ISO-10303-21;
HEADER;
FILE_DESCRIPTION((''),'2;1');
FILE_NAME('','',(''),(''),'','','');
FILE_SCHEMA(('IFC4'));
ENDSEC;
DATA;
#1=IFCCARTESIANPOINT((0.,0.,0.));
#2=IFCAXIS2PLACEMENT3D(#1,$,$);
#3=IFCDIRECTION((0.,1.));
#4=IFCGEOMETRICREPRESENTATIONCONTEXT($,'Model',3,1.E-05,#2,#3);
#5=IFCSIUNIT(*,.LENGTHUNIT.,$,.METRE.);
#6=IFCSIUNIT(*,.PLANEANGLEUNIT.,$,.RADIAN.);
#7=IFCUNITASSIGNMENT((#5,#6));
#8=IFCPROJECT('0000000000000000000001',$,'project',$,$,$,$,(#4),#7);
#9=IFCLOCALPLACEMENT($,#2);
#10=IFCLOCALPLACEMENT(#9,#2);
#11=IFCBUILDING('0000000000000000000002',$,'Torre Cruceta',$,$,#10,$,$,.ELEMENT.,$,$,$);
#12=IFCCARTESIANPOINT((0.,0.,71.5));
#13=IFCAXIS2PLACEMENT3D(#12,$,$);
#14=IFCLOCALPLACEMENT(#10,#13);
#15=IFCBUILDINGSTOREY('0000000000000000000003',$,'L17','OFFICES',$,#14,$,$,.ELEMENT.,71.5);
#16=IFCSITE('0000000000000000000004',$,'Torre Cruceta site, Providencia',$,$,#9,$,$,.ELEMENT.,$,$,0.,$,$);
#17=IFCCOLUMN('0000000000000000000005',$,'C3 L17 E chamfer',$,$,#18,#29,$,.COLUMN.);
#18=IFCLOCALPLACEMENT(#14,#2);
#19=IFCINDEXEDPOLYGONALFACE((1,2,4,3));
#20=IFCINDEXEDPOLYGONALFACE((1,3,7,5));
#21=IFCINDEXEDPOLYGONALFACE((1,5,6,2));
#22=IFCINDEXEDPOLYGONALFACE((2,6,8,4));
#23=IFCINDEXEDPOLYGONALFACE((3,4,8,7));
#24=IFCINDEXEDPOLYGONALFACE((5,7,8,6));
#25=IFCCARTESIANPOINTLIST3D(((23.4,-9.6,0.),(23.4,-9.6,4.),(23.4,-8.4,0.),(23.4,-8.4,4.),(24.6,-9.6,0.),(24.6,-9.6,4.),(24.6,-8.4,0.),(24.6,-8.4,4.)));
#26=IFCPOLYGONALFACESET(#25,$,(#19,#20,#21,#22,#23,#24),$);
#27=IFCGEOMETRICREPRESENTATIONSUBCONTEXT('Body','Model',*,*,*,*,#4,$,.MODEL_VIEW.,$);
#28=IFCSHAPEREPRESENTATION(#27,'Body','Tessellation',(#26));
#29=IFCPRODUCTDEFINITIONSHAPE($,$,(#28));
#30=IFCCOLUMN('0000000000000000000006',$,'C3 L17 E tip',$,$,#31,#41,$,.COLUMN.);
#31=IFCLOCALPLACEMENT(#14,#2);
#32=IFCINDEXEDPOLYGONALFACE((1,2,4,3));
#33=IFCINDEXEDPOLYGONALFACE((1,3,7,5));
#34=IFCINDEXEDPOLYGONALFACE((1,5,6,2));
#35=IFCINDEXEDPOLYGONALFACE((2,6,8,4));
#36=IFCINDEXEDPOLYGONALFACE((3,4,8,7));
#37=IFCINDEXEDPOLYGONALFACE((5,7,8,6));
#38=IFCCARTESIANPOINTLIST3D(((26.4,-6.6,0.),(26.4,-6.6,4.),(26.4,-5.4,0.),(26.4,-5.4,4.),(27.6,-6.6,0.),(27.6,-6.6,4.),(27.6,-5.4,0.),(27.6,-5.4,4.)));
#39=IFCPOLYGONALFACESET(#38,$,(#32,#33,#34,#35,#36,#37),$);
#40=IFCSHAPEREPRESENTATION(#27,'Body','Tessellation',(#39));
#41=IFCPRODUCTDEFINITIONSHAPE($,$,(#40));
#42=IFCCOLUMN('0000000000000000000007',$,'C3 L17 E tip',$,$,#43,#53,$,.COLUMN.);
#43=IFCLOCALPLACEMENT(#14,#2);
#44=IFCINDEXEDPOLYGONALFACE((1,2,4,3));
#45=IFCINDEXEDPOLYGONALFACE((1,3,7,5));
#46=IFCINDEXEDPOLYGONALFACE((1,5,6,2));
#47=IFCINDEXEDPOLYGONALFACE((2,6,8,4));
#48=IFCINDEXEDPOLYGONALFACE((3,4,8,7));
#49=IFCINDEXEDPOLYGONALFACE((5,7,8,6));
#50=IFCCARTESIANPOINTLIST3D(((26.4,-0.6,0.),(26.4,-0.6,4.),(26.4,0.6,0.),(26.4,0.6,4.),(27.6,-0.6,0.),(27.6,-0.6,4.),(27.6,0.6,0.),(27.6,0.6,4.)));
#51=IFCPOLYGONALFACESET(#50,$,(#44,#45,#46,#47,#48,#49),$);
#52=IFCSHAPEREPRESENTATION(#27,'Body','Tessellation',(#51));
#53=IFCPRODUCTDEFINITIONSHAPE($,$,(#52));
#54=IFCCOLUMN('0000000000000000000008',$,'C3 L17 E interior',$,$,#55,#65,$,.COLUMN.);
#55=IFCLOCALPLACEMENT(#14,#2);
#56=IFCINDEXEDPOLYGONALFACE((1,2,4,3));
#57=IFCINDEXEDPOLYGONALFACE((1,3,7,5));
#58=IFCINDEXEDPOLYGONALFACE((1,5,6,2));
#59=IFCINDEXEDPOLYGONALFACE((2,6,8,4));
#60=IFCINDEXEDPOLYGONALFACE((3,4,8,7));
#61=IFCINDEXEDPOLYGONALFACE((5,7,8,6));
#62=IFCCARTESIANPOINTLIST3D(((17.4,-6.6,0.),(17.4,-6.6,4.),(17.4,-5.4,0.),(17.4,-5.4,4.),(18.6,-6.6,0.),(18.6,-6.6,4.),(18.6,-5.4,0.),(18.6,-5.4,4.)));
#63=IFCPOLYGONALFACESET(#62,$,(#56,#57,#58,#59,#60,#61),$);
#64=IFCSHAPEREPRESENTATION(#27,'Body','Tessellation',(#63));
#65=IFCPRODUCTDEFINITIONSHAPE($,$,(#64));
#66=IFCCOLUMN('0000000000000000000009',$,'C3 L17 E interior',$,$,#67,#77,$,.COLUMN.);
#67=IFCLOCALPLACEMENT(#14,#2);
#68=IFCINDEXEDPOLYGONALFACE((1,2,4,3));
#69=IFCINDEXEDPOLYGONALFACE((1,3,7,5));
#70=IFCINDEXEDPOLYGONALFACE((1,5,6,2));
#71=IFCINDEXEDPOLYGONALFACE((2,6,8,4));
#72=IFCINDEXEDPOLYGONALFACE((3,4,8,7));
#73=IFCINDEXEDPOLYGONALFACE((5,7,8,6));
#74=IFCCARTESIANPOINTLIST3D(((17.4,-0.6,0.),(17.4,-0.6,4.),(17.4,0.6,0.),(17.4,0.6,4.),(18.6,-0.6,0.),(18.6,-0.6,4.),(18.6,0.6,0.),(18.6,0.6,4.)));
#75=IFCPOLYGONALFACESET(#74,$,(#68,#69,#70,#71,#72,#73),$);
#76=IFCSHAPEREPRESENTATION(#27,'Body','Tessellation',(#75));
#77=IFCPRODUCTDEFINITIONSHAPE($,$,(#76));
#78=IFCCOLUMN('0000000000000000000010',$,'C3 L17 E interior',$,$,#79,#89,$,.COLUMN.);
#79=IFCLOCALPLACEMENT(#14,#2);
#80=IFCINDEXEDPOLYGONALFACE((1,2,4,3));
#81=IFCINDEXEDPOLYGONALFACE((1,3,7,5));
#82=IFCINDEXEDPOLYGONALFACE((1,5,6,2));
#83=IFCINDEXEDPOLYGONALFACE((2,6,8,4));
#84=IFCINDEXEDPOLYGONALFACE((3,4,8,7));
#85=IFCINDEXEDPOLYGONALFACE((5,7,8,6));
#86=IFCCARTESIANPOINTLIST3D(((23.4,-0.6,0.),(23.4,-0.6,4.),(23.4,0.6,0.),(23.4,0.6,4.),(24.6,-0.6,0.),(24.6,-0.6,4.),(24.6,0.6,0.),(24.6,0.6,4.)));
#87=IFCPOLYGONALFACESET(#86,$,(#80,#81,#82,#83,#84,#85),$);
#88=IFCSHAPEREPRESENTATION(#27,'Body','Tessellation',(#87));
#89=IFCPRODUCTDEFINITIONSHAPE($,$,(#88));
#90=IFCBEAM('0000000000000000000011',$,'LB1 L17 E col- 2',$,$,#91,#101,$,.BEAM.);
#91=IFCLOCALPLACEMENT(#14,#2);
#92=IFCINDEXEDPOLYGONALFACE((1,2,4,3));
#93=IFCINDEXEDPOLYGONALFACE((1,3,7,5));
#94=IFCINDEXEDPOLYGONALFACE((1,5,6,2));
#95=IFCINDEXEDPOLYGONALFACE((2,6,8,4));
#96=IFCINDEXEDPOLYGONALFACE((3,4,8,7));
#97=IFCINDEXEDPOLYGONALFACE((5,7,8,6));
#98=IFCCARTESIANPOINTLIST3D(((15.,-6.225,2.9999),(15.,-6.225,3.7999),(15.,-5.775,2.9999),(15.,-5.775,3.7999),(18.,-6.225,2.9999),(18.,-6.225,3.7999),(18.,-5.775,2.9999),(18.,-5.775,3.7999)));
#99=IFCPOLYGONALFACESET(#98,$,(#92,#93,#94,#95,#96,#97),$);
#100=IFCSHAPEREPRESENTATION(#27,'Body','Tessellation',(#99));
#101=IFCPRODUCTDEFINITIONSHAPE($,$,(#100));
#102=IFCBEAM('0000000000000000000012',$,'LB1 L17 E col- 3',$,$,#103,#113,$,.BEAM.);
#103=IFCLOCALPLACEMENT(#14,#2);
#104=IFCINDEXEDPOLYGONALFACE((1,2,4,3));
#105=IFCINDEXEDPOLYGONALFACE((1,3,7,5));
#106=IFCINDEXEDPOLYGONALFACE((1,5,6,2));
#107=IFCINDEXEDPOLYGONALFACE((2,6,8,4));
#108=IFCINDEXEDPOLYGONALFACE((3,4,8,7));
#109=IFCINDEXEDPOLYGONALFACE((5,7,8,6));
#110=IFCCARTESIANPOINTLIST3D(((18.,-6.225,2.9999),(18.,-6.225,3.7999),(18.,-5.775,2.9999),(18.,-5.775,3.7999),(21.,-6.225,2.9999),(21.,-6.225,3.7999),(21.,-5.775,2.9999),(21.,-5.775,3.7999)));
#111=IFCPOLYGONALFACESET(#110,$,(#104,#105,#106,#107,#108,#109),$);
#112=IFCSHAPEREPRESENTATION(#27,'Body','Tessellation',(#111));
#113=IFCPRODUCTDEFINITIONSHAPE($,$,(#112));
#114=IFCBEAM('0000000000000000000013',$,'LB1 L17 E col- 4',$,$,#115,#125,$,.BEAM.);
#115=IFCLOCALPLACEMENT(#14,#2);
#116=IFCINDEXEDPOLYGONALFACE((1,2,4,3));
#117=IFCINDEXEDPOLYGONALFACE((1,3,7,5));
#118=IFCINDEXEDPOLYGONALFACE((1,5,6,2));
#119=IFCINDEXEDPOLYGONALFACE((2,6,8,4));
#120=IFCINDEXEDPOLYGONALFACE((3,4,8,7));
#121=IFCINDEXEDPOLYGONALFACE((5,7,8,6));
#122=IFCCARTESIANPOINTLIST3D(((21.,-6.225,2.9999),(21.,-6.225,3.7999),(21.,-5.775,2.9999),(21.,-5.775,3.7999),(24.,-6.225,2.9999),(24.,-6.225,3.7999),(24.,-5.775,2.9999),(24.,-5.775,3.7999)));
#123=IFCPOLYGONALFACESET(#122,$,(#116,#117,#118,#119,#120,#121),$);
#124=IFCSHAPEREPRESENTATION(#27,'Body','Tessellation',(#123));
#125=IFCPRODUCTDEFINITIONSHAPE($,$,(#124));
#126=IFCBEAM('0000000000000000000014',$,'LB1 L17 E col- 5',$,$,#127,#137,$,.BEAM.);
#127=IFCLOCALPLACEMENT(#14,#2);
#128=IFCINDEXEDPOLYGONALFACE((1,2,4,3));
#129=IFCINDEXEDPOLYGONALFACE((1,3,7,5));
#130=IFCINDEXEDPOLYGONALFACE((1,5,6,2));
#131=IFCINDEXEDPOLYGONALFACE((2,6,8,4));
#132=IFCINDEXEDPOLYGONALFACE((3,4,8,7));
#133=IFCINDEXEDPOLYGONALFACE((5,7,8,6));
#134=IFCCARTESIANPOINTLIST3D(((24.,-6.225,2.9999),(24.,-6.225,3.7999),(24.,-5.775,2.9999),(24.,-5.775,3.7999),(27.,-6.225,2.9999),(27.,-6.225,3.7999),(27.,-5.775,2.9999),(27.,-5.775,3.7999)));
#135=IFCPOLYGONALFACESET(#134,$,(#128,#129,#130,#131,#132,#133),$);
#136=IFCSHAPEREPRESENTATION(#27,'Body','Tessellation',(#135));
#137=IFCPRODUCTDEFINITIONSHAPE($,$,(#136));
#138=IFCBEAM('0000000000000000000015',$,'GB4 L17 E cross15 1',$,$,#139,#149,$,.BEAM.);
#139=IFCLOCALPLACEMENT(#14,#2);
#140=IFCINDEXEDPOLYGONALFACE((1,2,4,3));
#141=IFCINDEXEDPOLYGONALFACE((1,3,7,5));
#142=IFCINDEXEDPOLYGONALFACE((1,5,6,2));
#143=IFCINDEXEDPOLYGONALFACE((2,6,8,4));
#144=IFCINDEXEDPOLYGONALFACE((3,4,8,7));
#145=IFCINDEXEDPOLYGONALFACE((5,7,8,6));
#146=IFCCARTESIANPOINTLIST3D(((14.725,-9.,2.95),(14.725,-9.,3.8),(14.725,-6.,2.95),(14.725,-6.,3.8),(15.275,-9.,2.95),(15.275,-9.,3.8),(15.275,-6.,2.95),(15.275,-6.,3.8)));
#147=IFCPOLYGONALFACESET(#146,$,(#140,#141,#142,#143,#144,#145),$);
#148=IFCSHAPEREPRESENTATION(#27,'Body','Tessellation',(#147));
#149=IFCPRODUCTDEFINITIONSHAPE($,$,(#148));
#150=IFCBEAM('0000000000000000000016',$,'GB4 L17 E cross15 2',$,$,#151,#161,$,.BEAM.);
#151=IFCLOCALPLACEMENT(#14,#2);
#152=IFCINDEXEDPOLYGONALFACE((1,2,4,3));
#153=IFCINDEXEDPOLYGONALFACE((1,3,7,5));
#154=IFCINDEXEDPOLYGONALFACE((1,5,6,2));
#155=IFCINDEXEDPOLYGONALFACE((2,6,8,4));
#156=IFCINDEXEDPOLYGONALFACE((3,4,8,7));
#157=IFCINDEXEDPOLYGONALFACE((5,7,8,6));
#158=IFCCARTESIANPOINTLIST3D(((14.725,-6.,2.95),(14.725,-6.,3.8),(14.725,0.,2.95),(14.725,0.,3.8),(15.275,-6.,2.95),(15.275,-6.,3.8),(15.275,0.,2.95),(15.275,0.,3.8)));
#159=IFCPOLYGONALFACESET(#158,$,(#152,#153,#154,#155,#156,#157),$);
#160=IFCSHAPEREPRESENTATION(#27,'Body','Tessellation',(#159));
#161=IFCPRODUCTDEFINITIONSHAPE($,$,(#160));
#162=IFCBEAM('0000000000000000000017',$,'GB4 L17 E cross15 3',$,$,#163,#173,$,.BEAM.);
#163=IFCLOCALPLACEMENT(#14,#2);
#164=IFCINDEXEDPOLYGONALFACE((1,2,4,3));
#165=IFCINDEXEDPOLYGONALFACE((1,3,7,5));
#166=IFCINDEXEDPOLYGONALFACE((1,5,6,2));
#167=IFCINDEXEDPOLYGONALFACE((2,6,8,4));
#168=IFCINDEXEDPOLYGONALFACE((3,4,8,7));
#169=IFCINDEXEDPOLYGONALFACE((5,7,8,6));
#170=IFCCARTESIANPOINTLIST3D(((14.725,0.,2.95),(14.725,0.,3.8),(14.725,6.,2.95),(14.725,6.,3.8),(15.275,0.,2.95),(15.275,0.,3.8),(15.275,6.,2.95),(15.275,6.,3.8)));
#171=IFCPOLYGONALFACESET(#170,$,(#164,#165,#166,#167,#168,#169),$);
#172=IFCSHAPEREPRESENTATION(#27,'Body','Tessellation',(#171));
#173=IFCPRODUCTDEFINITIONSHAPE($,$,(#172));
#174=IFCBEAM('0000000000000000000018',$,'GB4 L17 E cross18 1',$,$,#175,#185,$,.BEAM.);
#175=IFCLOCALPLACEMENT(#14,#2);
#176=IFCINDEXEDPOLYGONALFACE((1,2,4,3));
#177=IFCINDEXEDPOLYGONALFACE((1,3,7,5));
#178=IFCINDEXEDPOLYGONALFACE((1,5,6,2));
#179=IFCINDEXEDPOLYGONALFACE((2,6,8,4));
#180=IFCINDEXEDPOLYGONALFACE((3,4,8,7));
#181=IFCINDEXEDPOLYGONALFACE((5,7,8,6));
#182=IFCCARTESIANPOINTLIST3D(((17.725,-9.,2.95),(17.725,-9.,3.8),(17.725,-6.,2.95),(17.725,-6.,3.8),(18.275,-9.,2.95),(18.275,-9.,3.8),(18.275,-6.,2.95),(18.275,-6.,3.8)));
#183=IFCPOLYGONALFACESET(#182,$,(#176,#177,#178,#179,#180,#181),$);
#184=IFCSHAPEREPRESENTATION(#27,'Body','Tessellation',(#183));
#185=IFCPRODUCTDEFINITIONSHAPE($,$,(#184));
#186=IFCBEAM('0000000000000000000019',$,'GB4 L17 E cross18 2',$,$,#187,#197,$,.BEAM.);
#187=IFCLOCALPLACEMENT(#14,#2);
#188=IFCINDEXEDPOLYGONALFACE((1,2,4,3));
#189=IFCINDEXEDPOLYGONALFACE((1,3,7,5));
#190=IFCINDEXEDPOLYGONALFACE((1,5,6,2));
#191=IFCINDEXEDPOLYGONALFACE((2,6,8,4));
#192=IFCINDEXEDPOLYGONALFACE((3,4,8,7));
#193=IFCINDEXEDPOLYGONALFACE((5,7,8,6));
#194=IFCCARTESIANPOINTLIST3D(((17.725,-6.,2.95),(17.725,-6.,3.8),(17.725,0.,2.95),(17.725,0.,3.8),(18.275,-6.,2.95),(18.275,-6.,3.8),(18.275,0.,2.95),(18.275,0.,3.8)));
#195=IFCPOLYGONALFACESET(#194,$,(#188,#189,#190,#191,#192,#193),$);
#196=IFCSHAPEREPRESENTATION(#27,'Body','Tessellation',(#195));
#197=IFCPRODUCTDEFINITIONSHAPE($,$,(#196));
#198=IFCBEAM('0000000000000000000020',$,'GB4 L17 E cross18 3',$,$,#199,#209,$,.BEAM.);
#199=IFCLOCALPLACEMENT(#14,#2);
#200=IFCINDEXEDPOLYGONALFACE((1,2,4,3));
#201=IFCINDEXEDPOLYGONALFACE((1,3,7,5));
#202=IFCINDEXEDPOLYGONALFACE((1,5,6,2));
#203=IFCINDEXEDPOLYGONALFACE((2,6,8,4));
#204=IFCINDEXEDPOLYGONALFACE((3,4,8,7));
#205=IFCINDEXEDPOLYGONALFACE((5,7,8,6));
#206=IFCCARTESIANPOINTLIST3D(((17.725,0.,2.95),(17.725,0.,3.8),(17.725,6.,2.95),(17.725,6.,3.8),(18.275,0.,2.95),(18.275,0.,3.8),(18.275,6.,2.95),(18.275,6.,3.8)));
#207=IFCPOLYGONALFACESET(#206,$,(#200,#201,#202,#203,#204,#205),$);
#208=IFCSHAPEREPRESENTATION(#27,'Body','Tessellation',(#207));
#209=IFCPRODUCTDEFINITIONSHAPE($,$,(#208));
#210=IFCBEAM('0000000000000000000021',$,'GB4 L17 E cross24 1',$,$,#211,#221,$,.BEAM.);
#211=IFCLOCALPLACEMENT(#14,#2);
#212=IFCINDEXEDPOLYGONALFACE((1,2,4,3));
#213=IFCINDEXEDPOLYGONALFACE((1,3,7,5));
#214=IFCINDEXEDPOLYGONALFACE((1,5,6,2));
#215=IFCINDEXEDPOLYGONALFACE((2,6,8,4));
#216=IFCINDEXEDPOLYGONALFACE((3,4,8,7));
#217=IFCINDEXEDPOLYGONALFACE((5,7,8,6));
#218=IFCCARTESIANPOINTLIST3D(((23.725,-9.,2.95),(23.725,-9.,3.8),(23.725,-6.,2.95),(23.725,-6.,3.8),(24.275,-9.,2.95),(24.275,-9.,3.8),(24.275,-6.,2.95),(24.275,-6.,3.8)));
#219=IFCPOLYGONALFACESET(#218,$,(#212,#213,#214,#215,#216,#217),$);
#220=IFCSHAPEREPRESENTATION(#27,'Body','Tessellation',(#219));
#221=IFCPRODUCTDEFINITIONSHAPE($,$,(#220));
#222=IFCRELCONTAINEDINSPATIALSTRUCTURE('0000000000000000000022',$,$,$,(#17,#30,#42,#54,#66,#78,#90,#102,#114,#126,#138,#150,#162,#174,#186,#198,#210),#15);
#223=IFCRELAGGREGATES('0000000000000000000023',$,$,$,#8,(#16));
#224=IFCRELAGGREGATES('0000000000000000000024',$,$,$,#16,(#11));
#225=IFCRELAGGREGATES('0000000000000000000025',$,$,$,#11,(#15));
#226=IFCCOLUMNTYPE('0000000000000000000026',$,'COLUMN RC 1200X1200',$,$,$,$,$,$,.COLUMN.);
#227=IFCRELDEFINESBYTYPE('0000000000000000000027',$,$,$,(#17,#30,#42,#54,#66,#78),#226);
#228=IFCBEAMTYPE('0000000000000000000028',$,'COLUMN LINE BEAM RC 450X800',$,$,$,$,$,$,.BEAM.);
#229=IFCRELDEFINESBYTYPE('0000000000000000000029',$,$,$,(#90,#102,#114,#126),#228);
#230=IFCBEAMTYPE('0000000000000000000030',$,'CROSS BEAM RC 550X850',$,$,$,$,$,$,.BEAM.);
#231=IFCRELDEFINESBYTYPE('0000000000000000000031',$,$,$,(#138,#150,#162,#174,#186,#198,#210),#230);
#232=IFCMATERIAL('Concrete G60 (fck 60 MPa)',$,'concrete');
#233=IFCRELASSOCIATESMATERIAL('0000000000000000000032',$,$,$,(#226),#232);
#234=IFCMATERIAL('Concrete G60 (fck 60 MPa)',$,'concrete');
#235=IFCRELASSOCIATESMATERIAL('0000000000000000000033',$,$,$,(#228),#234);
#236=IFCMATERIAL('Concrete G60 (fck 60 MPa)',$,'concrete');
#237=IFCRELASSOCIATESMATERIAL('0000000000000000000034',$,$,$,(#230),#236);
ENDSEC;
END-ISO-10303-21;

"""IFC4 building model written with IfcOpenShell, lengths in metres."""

from ifc_helpers import new_model, si_unit, direction, frame, origin, origin_2d, place, context, subcontext, project, spatial, rectangle, extrude, material, material_profile, profile_set, type_object, element, save


model = new_model("IFC4")

# Units and contexts
model_context = context("Model", 3, precision=1e-05, world=origin(), true_north=direction((0.0, 1.0)))
body_context = subcontext(model_context, "Body", "Model", "MODEL_VIEW")
ifc_project = project(units=[si_unit("LENGTHUNIT", "METRE"), si_unit("PLANEANGLEUNIT", "RADIAN")], contexts=[model_context])

# Site, building, storey
site_placement = place(None, origin())
site = spatial("IfcSite", under=ifc_project, at=site_placement, Name="Torre Cruceta site, Providencia", CompositionType="ELEMENT", RefElevation=0.0)
building_placement = place(site_placement, origin())
building = spatial("IfcBuilding", under=site, at=building_placement, Name="Torre Cruceta", CompositionType="ELEMENT")
storey_placement = place(building_placement, frame((0.0, 0.0, 71.5)))
storey = spatial("IfcBuildingStorey", under=building, at=storey_placement, Name="L17", Description="OFFICES", CompositionType="ELEMENT", Elevation=71.5)

# Columns
ifc_material_1 = material(Name="Concrete G60 (fck 60 MPa)", Category="concrete")
ifc_material_profile_1 = material_profile(ifc_material_1, rectangle(XDim=1.2, YDim=1.2, at=origin_2d()), Name="RC 1200X1200")
ifc_profile_set_1 = profile_set([ifc_material_profile_1], Name="Concrete G60 (fck 60 MPa)")
column_type = type_object("IfcColumnType", Name="COLUMN RC 1200X1200", PredefinedType="COLUMN", material=ifc_profile_set_1)
for number, where, z_axis, x_axis, name in (
    (1, (24.0, -9.0, 0.0), (0.0, 0.0, 1.0), (1.0, 0.0, 0.0), "C3 L17 E chamfer"),
    (2, (27.0, -6.0, 0.0), (0.0, 0.0, 1.0), (1.0, 0.0, 0.0), "C3 L17 E tip"),
    (3, (27.0, 0.0, 0.0), (0.0, 0.0, 1.0), (1.0, 0.0, 0.0), "C3 L17 E tip"),
    (4, (18.0, -6.0, 0.0), (0.0, 0.0, 1.0), (1.0, 0.0, 0.0), "C3 L17 E interior"),
    (5, (18.0, 0.0, 0.0), (0.0, 0.0, 1.0), (1.0, 0.0, 0.0), "C3 L17 E interior"),
    (6, (24.0, 0.0, 0.0), (0.0, 0.0, 1.0), (1.0, 0.0, 0.0), "C3 L17 E interior"),
):
    element("IfcColumn", number, at=place(storey_placement, frame(where, z_axis=z_axis, x_axis=x_axis)), inside=storey, type_object=column_type, Name=name, PredefinedType="COLUMN", context=body_context, shape_type="SweptSolid", body=[
        extrude(rectangle(XDim=1.2, YDim=1.2, at=origin_2d()), origin(), (0.0, 0.0, 1.0), 4.0),
    ])

# Beams
ifc_material_2 = material(Name="Concrete G60 (fck 60 MPa)", Category="concrete")
ifc_material_profile_2 = material_profile(ifc_material_2, rectangle(XDim=0.45, YDim=0.8, at=origin_2d()), Name="RC 450X800")
ifc_profile_set_2 = profile_set([ifc_material_profile_2], Name="Concrete G60 (fck 60 MPa)")
beam_type_1 = type_object("IfcBeamType", Name="COLUMN LINE BEAM RC 450X800", PredefinedType="BEAM", material=ifc_profile_set_2)
for number, where, z_axis, x_axis, name in (
    (7, (15.0, -6.0, 3.3999), (1.0, 0.0, 0.0), (0.0, 1.0, 0.0), "LB1 L17 E col- 2"),
    (8, (18.0, -6.0, 3.3999), (1.0, 0.0, 0.0), (0.0, 1.0, 0.0), "LB1 L17 E col- 3"),
    (9, (21.0, -6.0, 3.3999), (1.0, 0.0, 0.0), (0.0, 1.0, 0.0), "LB1 L17 E col- 4"),
    (10, (24.0, -6.0, 3.3999), (1.0, 0.0, 0.0), (0.0, 1.0, 0.0), "LB1 L17 E col- 5"),
):
    element("IfcBeam", number, at=place(storey_placement, frame(where, z_axis=z_axis, x_axis=x_axis)), inside=storey, type_object=beam_type_1, Name=name, PredefinedType="BEAM", context=body_context, shape_type="SweptSolid", body=[
        extrude(rectangle(XDim=0.45, YDim=0.8, at=origin_2d()), origin(), (0.0, 0.0, 1.0), 3.0),
    ])
ifc_material_3 = material(Name="Concrete G60 (fck 60 MPa)", Category="concrete")
ifc_material_profile_3 = material_profile(ifc_material_3, rectangle(XDim=0.55, YDim=0.8501, at=origin_2d()), Name="RC 550X850")
ifc_profile_set_3 = profile_set([ifc_material_profile_3], Name="Concrete G60 (fck 60 MPa)")
beam_type_2 = type_object("IfcBeamType", Name="CROSS BEAM RC 550X850", PredefinedType="BEAM", material=ifc_profile_set_3)
beam_1_placement = place(storey_placement, frame((15.0, -9.0, 3.375), z_axis=(0.0, 1.0, 0.0), x_axis=(-1.0, 0.0, 0.0)))
element("IfcBeam", 11, at=beam_1_placement, inside=storey, type_object=beam_type_2, Name="GB4 L17 E cross15 1", PredefinedType="BEAM", context=body_context, shape_type="SweptSolid", body=[
    extrude(rectangle(XDim=0.55, YDim=0.8501, at=origin_2d()), origin(), (0.0, 0.0, 1.0), 3.0),
])
for number, where, z_axis, x_axis, name in (
    (12, (15.0, -6.0, 3.375), (0.0, 1.0, 0.0), (-1.0, 0.0, 0.0), "GB4 L17 E cross15 2"),
    (13, (15.0, 0.0, 3.375), (0.0, 1.0, 0.0), (-1.0, 0.0, 0.0), "GB4 L17 E cross15 3"),
):
    element("IfcBeam", number, at=place(storey_placement, frame(where, z_axis=z_axis, x_axis=x_axis)), inside=storey, type_object=beam_type_2, Name=name, PredefinedType="BEAM", context=body_context, shape_type="SweptSolid", body=[
        extrude(rectangle(XDim=0.55, YDim=0.8501, at=origin_2d()), origin(), (0.0, 0.0, 1.0), 6.0),
    ])
beam_2_placement = place(storey_placement, frame((18.0, -9.0, 3.375), z_axis=(0.0, 1.0, 0.0), x_axis=(-1.0, 0.0, 0.0)))
element("IfcBeam", 14, at=beam_2_placement, inside=storey, type_object=beam_type_2, Name="GB4 L17 E cross18 1", PredefinedType="BEAM", context=body_context, shape_type="SweptSolid", body=[
    extrude(rectangle(XDim=0.55, YDim=0.8501, at=origin_2d()), origin(), (0.0, 0.0, 1.0), 3.0),
])
for number, where, z_axis, x_axis, name in (
    (15, (18.0, -6.0, 3.375), (0.0, 1.0, 0.0), (-1.0, 0.0, 0.0), "GB4 L17 E cross18 2"),
    (16, (18.0, 0.0, 3.375), (0.0, 1.0, 0.0), (-1.0, 0.0, 0.0), "GB4 L17 E cross18 3"),
):
    element("IfcBeam", number, at=place(storey_placement, frame(where, z_axis=z_axis, x_axis=x_axis)), inside=storey, type_object=beam_type_2, Name=name, PredefinedType="BEAM", context=body_context, shape_type="SweptSolid", body=[
        extrude(rectangle(XDim=0.55, YDim=0.8501, at=origin_2d()), origin(), (0.0, 0.0, 1.0), 6.0),
    ])
beam_3_placement = place(storey_placement, frame((24.0, -9.0, 3.375), z_axis=(0.0, 1.0, 0.0), x_axis=(-1.0, 0.0, 0.0)))
element("IfcBeam", 17, at=beam_3_placement, inside=storey, type_object=beam_type_2, Name="GB4 L17 E cross24 1", PredefinedType="BEAM", context=body_context, shape_type="SweptSolid", body=[
    extrude(rectangle(XDim=0.55, YDim=0.8501, at=origin_2d()), origin(), (0.0, 0.0, 1.0), 3.0),
])

save(model, "model.ifc")
